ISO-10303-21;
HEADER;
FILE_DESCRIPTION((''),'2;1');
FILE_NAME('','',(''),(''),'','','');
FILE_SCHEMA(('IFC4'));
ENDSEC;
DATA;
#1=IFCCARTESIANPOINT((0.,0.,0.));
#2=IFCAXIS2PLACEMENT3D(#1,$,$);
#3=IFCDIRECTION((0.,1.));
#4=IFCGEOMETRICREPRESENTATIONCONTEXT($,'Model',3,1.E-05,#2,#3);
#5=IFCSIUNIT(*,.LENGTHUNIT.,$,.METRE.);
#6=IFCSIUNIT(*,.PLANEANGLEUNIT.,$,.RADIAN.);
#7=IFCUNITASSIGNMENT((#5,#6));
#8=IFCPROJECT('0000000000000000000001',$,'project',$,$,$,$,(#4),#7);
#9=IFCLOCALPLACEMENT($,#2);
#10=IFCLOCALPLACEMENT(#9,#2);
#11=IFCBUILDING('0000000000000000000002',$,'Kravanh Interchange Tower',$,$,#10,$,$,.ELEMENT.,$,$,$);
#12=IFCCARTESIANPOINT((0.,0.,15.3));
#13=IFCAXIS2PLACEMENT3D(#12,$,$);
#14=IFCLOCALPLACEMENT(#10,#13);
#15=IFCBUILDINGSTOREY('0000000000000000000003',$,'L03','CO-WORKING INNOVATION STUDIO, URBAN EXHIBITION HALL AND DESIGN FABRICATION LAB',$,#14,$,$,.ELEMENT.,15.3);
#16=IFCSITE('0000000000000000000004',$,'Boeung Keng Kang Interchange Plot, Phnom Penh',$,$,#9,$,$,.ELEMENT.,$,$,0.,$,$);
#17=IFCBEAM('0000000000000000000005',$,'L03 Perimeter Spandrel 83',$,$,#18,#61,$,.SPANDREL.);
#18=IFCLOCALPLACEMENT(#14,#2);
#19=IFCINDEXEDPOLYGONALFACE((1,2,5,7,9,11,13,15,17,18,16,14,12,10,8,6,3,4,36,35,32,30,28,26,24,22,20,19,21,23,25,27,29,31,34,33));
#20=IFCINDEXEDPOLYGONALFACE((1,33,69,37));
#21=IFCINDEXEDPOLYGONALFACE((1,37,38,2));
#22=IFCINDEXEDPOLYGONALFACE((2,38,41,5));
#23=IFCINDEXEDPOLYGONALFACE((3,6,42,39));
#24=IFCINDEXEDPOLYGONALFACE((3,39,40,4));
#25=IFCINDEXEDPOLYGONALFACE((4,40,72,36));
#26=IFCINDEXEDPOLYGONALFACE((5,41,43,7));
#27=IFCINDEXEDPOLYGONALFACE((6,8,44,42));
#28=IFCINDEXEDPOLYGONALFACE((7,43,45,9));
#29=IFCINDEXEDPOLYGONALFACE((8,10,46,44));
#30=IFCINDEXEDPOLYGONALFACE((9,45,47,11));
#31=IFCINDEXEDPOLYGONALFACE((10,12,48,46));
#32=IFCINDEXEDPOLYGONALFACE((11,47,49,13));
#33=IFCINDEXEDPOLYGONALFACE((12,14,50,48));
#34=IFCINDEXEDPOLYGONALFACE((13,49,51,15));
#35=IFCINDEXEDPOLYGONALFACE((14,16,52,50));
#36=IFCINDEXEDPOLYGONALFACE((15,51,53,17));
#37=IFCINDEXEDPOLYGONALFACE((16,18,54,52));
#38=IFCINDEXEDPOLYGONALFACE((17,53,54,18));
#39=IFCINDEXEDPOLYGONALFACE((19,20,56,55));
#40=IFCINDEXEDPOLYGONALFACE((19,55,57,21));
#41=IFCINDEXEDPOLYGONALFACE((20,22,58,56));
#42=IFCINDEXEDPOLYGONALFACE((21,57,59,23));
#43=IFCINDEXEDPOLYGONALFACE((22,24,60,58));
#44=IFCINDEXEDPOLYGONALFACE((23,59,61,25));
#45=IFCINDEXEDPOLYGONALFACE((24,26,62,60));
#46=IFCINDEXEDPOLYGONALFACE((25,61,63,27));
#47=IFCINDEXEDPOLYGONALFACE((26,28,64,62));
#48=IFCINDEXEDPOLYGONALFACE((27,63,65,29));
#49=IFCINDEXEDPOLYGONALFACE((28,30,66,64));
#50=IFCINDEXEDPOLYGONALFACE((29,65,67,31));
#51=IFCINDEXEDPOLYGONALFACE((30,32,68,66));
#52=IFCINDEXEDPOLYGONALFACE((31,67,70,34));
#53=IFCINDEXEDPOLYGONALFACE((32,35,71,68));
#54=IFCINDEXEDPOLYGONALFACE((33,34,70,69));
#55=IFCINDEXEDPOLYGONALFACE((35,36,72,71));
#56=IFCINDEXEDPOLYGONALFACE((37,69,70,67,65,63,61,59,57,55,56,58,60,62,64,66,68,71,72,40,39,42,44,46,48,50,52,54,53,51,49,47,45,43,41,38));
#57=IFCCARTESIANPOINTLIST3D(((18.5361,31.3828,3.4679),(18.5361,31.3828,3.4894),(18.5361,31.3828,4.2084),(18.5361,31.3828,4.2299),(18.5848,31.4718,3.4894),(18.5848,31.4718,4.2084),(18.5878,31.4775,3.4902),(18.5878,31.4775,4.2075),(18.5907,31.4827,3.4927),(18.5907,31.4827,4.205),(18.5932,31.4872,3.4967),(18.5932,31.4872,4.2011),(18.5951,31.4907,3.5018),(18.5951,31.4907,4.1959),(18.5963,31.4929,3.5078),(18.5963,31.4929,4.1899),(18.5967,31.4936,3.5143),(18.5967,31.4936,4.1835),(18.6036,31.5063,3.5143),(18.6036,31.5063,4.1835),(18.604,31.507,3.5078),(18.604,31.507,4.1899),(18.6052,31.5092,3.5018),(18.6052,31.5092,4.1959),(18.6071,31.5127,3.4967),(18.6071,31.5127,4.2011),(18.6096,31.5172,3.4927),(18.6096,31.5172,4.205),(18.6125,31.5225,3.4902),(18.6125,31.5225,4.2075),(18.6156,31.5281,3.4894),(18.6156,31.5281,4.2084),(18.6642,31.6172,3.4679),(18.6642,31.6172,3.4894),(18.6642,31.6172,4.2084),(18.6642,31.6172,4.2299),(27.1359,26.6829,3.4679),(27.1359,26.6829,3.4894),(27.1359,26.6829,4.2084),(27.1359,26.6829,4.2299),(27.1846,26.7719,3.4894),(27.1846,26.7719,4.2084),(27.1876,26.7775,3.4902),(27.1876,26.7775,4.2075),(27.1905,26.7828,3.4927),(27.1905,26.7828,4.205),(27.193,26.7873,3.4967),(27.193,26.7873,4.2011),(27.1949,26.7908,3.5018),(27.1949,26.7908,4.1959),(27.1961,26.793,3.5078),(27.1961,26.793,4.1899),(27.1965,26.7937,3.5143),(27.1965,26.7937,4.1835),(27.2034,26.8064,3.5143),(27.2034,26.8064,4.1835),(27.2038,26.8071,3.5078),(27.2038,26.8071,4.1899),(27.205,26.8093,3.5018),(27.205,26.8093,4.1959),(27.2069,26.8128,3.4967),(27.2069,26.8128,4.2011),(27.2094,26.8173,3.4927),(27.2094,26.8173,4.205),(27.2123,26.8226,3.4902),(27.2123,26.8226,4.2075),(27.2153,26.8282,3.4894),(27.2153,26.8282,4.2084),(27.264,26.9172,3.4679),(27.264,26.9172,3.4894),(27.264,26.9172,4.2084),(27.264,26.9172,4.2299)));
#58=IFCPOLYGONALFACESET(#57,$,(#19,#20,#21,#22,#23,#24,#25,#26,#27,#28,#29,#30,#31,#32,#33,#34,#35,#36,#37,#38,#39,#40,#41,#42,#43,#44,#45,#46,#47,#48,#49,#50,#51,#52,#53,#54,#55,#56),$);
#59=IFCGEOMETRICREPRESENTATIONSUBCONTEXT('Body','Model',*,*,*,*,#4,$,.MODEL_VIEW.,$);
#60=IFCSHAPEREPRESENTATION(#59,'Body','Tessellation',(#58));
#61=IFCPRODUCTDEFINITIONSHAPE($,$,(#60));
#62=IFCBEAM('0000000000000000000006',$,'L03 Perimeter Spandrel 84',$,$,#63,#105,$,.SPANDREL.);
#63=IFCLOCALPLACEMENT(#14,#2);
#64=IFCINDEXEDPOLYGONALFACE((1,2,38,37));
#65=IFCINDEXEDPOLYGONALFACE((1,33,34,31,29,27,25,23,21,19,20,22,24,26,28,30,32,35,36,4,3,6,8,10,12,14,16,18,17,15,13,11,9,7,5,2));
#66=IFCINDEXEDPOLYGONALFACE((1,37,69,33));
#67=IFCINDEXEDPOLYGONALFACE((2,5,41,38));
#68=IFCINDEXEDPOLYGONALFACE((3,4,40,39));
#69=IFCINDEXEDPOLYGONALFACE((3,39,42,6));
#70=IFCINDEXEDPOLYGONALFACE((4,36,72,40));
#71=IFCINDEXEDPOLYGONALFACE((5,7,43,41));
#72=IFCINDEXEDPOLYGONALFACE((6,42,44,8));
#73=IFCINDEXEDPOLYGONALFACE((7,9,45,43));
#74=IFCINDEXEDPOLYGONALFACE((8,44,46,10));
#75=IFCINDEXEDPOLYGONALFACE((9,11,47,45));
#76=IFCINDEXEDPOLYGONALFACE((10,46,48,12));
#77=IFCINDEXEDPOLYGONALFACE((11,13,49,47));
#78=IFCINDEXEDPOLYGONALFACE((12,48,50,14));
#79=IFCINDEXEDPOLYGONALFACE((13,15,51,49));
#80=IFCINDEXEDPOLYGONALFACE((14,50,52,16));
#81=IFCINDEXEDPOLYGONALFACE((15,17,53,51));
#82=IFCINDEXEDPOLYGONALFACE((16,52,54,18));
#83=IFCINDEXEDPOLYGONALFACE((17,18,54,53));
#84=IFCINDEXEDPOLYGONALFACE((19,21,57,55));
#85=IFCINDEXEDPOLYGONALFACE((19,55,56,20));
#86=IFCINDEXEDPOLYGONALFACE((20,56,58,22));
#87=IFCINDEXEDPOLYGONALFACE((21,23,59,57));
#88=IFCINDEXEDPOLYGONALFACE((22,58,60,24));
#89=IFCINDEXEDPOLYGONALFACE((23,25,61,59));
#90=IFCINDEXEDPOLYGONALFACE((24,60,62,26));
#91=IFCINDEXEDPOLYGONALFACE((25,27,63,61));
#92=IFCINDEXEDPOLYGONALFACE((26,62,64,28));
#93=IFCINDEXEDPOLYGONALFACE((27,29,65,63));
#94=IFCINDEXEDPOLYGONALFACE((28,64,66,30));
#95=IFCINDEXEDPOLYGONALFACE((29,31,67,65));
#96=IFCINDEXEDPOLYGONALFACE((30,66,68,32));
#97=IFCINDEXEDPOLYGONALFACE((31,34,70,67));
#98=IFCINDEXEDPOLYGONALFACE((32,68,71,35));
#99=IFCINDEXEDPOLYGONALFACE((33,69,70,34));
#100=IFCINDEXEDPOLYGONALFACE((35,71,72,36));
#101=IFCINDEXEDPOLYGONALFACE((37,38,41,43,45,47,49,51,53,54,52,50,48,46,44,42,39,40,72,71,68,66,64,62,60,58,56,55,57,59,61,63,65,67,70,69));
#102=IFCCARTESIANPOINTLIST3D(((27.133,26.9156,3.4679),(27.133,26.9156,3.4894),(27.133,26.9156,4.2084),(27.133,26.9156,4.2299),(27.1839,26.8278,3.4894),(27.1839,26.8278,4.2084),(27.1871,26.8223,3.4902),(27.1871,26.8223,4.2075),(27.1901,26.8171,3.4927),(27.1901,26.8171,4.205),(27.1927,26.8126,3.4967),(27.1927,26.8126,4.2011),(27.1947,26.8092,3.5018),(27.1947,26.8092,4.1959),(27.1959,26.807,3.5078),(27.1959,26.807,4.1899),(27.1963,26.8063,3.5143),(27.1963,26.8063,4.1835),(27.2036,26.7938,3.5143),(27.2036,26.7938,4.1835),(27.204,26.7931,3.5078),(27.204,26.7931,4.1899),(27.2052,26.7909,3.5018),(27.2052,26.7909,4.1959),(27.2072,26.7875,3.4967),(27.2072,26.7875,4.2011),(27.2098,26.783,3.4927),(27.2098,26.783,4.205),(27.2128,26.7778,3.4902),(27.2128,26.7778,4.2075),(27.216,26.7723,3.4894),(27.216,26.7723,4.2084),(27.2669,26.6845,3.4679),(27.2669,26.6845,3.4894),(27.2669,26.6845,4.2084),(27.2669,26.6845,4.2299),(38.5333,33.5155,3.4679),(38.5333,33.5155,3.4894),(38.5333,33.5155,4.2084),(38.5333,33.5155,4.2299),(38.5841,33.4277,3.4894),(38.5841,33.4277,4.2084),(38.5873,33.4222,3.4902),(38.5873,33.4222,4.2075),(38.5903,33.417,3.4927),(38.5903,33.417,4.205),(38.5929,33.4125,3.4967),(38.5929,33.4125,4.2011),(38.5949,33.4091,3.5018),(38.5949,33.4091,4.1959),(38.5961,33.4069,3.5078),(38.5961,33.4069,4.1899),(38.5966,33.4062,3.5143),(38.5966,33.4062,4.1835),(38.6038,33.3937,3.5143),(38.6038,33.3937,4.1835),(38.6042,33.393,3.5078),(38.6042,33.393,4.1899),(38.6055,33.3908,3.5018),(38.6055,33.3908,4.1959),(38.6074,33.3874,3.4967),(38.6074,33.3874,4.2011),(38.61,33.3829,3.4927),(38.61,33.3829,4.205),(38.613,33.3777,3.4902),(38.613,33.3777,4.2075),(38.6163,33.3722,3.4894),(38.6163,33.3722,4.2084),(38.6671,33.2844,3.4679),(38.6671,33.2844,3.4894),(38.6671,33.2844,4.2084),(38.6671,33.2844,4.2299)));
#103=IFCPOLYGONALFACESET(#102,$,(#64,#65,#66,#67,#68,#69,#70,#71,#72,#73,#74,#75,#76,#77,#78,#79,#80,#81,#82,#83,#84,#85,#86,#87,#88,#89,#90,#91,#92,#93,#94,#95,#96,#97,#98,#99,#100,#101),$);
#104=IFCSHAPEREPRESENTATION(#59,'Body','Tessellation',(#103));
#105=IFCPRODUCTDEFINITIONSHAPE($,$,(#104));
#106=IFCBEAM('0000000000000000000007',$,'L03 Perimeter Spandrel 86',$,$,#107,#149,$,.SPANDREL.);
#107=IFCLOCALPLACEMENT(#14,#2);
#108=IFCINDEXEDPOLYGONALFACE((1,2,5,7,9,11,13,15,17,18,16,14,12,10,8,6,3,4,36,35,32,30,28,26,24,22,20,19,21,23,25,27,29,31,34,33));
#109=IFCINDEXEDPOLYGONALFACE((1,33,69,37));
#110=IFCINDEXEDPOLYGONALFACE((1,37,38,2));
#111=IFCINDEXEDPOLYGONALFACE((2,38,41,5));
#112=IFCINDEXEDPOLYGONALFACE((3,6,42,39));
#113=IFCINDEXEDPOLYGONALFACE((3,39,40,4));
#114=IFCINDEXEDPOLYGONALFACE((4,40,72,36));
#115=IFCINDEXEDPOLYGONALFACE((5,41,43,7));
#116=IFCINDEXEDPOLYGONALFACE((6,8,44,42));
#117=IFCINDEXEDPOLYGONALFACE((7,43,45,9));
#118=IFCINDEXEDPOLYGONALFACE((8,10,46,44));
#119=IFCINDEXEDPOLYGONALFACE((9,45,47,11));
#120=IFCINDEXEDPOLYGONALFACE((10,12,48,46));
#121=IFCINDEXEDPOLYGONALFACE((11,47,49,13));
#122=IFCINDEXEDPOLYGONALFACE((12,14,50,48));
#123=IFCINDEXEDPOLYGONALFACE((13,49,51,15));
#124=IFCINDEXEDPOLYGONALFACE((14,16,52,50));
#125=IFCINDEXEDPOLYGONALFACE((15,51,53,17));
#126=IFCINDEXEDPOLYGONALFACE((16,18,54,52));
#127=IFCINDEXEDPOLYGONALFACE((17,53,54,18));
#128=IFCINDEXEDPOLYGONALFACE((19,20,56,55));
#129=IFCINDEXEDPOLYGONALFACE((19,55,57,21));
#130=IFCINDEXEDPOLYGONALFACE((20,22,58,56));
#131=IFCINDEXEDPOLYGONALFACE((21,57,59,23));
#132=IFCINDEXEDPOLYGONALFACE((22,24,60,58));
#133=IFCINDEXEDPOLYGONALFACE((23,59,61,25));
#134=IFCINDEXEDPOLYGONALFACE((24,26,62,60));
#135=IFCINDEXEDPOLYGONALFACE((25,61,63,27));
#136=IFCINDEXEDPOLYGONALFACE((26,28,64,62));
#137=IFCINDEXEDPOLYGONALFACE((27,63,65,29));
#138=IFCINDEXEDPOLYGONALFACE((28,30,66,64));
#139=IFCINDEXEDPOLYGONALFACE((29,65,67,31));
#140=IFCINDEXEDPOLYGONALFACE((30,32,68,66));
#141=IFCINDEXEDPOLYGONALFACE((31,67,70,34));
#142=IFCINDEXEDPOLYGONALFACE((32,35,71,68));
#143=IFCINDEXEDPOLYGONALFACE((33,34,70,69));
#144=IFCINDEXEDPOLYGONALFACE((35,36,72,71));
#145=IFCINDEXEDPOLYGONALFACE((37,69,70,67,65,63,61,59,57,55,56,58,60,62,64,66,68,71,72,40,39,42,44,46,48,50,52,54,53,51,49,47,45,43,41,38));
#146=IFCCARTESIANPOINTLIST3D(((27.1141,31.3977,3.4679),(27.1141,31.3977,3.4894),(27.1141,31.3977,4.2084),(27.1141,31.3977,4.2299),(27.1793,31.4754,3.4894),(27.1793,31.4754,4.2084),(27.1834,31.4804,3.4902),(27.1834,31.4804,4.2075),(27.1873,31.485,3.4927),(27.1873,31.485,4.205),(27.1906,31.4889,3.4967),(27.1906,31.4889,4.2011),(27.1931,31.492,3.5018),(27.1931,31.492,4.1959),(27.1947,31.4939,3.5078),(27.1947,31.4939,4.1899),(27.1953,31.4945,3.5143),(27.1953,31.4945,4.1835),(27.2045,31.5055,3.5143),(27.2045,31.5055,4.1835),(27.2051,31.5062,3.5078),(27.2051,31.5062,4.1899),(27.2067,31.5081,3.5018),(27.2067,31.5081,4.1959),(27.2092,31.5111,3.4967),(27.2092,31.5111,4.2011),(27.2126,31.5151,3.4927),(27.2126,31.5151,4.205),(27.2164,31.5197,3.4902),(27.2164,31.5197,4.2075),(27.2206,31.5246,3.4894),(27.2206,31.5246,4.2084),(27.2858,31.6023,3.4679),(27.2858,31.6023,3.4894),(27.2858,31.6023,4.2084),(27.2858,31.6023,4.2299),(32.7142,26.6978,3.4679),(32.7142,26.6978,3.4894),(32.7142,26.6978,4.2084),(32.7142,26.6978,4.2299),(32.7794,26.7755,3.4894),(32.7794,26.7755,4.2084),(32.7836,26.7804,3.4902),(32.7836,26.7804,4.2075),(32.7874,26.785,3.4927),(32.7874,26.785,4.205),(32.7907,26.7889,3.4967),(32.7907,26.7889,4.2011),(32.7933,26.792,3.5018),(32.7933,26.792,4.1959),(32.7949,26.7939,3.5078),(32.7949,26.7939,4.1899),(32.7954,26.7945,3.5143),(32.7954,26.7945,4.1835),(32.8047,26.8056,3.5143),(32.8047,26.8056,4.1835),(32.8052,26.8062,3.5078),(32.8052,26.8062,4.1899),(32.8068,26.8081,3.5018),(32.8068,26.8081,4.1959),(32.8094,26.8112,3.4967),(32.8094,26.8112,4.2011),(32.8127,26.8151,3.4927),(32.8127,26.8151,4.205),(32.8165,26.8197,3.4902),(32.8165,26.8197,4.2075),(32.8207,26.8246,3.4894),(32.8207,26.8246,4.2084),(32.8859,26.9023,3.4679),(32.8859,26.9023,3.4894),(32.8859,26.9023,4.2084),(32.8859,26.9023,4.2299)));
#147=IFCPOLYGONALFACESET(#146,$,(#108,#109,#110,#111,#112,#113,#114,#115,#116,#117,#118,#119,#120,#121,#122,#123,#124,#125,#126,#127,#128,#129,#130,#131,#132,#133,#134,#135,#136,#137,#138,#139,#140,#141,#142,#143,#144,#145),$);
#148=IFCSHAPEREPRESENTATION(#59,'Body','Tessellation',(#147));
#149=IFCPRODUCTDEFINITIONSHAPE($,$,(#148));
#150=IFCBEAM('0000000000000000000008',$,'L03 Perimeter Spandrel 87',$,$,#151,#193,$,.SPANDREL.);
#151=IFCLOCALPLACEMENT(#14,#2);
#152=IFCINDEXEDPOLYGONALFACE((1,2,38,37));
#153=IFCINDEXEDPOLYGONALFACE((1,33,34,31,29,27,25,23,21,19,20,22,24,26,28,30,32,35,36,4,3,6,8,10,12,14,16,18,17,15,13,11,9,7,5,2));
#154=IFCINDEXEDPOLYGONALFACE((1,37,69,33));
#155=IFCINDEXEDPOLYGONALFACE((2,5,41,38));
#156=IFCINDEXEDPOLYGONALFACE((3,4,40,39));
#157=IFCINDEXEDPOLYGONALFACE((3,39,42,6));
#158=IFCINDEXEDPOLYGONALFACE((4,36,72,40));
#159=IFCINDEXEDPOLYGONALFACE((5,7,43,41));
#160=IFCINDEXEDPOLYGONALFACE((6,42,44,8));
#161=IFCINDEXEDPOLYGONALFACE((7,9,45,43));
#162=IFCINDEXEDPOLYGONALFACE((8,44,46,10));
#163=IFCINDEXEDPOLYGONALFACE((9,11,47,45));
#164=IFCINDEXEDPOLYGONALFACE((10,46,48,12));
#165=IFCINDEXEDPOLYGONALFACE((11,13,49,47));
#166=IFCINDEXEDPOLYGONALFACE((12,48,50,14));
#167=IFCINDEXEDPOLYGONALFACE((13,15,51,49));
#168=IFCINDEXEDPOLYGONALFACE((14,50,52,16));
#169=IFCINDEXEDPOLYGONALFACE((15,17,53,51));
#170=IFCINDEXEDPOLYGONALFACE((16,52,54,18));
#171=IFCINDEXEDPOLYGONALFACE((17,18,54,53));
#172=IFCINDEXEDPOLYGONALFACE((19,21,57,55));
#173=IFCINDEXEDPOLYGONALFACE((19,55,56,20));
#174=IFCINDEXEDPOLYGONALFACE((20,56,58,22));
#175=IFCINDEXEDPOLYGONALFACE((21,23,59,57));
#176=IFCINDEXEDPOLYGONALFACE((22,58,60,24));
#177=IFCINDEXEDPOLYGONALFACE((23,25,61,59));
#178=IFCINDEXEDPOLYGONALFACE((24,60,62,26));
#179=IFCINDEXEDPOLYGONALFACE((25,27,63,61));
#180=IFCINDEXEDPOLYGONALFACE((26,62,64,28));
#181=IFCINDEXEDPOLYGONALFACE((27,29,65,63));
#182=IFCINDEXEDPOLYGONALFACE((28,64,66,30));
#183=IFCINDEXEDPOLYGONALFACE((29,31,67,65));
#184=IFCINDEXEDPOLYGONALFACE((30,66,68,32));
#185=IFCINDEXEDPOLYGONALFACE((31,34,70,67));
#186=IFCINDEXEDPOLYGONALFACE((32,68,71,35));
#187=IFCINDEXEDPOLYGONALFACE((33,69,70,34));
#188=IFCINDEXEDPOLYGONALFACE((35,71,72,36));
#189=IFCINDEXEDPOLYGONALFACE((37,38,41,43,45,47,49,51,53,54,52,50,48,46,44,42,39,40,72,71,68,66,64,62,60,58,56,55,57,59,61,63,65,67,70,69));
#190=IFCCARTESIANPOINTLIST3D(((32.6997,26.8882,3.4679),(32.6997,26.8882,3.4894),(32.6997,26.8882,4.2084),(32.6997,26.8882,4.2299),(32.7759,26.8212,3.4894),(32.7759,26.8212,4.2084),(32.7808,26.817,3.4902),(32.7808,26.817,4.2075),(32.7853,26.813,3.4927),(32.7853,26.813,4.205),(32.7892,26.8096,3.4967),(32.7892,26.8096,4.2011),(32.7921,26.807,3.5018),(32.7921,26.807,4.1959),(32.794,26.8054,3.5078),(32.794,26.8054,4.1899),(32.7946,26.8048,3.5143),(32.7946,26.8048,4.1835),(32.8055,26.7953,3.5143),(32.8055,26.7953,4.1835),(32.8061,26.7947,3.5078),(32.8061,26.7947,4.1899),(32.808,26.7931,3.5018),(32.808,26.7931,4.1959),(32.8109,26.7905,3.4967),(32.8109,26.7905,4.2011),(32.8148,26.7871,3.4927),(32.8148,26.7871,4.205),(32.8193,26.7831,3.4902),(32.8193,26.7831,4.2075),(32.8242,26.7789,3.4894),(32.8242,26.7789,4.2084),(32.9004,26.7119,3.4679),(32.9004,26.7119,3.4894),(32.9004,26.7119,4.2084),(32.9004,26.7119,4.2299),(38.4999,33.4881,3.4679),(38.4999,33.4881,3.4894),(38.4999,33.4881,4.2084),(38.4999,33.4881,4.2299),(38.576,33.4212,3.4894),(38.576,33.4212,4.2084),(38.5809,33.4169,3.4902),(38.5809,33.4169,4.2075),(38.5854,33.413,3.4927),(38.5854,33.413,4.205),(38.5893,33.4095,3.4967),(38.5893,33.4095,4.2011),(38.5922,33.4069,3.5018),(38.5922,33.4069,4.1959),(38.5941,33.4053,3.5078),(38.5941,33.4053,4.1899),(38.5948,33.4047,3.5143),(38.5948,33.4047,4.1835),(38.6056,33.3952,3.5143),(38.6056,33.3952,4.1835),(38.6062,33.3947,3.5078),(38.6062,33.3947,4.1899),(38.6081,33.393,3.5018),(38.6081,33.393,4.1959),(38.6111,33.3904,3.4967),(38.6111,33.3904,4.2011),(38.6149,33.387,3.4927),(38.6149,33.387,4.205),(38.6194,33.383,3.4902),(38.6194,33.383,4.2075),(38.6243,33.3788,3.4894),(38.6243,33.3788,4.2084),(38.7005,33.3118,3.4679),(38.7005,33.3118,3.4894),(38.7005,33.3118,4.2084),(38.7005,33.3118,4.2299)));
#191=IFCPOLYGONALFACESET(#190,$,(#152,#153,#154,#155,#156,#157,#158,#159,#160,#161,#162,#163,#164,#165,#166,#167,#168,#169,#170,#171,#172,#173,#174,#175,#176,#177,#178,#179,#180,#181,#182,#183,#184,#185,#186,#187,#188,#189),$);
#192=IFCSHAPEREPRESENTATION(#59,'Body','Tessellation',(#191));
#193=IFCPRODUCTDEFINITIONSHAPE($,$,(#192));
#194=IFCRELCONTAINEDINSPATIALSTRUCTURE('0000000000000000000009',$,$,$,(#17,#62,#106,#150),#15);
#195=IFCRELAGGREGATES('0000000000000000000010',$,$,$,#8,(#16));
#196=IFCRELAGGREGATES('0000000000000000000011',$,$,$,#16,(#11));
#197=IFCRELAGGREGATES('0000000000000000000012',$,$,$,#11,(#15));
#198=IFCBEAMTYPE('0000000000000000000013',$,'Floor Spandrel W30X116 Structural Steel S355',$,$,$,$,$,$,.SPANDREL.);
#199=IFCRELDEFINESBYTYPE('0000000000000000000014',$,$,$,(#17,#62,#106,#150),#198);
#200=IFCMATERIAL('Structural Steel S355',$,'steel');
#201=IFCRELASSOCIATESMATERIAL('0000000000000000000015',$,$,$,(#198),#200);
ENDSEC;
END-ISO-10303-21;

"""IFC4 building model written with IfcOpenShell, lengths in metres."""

from ifc_helpers import new_model, si_unit, direction, frame, origin, origin_2d, place, context, subcontext, project, spatial, i_section, extrude, material, material_profile, profile_set, type_object, element, save


model = new_model("IFC4")

# Units and contexts
model_context = context("Model", 3, precision=1e-05, world=origin(), true_north=direction((0.0, 1.0)))
body_context = subcontext(model_context, "Body", "Model", "MODEL_VIEW")
ifc_project = project(units=[si_unit("LENGTHUNIT", "METRE"), si_unit("PLANEANGLEUNIT", "RADIAN")], contexts=[model_context])

# Site, building, storey
site_placement = place(None, origin())
site = spatial("IfcSite", under=ifc_project, at=site_placement, Name="Boeung Keng Kang Interchange Plot, Phnom Penh", CompositionType="ELEMENT", RefElevation=0.0)
building_placement = place(site_placement, origin())
building = spatial("IfcBuilding", under=site, at=building_placement, Name="Kravanh Interchange Tower", CompositionType="ELEMENT")
storey_placement = place(building_placement, frame((0.0, 0.0, 15.3)))
storey = spatial("IfcBuildingStorey", under=building, at=storey_placement, Name="L03", Description="CO-WORKING INNOVATION STUDIO, URBAN EXHIBITION HALL AND DESIGN FABRICATION LAB", CompositionType="ELEMENT", Elevation=15.3)

# Beams
ifc_material_1 = material(Name="Structural Steel S355", Category="steel")
ifc_material_profile_1 = material_profile(ifc_material_1, i_section(OverallWidth=0.2671, OverallDepth=0.762, WebThickness=0.0144, FlangeThickness=0.0215, FilletRadius=0.0249, at=origin_2d()), Name="W30X116")
ifc_profile_set_1 = profile_set([ifc_material_profile_1], Name="Structural Steel S355")
beam_type_1 = type_object("IfcBeamType", Name="Floor Spandrel W30X116 Structural Steel S355", PredefinedType="SPANDREL", material=ifc_profile_set_1)
beam_1_placement = place(storey_placement, frame((27.2, 26.8, 3.8489), z_axis=(-0.877504, 0.479569, 0.0), x_axis=(-0.479569, -0.877504, 0.0)))
element("IfcBeam", 1, at=beam_1_placement, inside=storey, type_object=beam_type_1, Name="L03 Perimeter Spandrel 83", PredefinedType="SPANDREL", context=body_context, shape_type="SweptSolid", body=[
    extrude(i_section(OverallWidth=0.2671, OverallDepth=0.762, WebThickness=0.0144, FlangeThickness=0.0215, FilletRadius=0.0249, at=origin_2d()), origin(), (0.0, 0.0, 1.0), 9.8003),
])
beam_2_placement = place(storey_placement, frame((27.2, 26.8, 3.8489), z_axis=(0.865434, 0.501023, 0.0), x_axis=(-0.501023, 0.865434, 0.0)))
element("IfcBeam", 2, at=beam_2_placement, inside=storey, type_object=beam_type_1, Name="L03 Perimeter Spandrel 84", PredefinedType="SPANDREL", context=body_context, shape_type="SweptSolid", body=[
    extrude(i_section(OverallWidth=0.2671, OverallDepth=0.762, WebThickness=0.0144, FlangeThickness=0.0215, FilletRadius=0.0249, at=origin_2d()), origin(), (0.0, 0.0, 1.0), 13.1729),
])
beam_3_placement = place(storey_placement, frame((32.8, 26.8, 3.8489), z_axis=(-0.765983, 0.642861, 0.0), x_axis=(-0.642861, -0.765983, 0.0)))
element("IfcBeam", 3, at=beam_3_placement, inside=storey, type_object=beam_type_1, Name="L03 Perimeter Spandrel 86", PredefinedType="SPANDREL", context=body_context, shape_type="SweptSolid", body=[
    extrude(i_section(OverallWidth=0.2671, OverallDepth=0.762, WebThickness=0.0144, FlangeThickness=0.0215, FilletRadius=0.0249, at=origin_2d()), origin(), (0.0, 0.0, 1.0), 7.311),
])
beam_4_placement = place(storey_placement, frame((32.8, 26.8, 3.8489), z_axis=(0.660126, 0.751155, 0.0), x_axis=(-0.751155, 0.660126, 0.0)))
element("IfcBeam", 4, at=beam_4_placement, inside=storey, type_object=beam_type_1, Name="L03 Perimeter Spandrel 87", PredefinedType="SPANDREL", context=body_context, shape_type="SweptSolid", body=[
    extrude(i_section(OverallWidth=0.2671, OverallDepth=0.762, WebThickness=0.0144, FlangeThickness=0.0215, FilletRadius=0.0249, at=origin_2d()), origin(), (0.0, 0.0, 1.0), 8.7864),
])

save(model, "model.ifc")
